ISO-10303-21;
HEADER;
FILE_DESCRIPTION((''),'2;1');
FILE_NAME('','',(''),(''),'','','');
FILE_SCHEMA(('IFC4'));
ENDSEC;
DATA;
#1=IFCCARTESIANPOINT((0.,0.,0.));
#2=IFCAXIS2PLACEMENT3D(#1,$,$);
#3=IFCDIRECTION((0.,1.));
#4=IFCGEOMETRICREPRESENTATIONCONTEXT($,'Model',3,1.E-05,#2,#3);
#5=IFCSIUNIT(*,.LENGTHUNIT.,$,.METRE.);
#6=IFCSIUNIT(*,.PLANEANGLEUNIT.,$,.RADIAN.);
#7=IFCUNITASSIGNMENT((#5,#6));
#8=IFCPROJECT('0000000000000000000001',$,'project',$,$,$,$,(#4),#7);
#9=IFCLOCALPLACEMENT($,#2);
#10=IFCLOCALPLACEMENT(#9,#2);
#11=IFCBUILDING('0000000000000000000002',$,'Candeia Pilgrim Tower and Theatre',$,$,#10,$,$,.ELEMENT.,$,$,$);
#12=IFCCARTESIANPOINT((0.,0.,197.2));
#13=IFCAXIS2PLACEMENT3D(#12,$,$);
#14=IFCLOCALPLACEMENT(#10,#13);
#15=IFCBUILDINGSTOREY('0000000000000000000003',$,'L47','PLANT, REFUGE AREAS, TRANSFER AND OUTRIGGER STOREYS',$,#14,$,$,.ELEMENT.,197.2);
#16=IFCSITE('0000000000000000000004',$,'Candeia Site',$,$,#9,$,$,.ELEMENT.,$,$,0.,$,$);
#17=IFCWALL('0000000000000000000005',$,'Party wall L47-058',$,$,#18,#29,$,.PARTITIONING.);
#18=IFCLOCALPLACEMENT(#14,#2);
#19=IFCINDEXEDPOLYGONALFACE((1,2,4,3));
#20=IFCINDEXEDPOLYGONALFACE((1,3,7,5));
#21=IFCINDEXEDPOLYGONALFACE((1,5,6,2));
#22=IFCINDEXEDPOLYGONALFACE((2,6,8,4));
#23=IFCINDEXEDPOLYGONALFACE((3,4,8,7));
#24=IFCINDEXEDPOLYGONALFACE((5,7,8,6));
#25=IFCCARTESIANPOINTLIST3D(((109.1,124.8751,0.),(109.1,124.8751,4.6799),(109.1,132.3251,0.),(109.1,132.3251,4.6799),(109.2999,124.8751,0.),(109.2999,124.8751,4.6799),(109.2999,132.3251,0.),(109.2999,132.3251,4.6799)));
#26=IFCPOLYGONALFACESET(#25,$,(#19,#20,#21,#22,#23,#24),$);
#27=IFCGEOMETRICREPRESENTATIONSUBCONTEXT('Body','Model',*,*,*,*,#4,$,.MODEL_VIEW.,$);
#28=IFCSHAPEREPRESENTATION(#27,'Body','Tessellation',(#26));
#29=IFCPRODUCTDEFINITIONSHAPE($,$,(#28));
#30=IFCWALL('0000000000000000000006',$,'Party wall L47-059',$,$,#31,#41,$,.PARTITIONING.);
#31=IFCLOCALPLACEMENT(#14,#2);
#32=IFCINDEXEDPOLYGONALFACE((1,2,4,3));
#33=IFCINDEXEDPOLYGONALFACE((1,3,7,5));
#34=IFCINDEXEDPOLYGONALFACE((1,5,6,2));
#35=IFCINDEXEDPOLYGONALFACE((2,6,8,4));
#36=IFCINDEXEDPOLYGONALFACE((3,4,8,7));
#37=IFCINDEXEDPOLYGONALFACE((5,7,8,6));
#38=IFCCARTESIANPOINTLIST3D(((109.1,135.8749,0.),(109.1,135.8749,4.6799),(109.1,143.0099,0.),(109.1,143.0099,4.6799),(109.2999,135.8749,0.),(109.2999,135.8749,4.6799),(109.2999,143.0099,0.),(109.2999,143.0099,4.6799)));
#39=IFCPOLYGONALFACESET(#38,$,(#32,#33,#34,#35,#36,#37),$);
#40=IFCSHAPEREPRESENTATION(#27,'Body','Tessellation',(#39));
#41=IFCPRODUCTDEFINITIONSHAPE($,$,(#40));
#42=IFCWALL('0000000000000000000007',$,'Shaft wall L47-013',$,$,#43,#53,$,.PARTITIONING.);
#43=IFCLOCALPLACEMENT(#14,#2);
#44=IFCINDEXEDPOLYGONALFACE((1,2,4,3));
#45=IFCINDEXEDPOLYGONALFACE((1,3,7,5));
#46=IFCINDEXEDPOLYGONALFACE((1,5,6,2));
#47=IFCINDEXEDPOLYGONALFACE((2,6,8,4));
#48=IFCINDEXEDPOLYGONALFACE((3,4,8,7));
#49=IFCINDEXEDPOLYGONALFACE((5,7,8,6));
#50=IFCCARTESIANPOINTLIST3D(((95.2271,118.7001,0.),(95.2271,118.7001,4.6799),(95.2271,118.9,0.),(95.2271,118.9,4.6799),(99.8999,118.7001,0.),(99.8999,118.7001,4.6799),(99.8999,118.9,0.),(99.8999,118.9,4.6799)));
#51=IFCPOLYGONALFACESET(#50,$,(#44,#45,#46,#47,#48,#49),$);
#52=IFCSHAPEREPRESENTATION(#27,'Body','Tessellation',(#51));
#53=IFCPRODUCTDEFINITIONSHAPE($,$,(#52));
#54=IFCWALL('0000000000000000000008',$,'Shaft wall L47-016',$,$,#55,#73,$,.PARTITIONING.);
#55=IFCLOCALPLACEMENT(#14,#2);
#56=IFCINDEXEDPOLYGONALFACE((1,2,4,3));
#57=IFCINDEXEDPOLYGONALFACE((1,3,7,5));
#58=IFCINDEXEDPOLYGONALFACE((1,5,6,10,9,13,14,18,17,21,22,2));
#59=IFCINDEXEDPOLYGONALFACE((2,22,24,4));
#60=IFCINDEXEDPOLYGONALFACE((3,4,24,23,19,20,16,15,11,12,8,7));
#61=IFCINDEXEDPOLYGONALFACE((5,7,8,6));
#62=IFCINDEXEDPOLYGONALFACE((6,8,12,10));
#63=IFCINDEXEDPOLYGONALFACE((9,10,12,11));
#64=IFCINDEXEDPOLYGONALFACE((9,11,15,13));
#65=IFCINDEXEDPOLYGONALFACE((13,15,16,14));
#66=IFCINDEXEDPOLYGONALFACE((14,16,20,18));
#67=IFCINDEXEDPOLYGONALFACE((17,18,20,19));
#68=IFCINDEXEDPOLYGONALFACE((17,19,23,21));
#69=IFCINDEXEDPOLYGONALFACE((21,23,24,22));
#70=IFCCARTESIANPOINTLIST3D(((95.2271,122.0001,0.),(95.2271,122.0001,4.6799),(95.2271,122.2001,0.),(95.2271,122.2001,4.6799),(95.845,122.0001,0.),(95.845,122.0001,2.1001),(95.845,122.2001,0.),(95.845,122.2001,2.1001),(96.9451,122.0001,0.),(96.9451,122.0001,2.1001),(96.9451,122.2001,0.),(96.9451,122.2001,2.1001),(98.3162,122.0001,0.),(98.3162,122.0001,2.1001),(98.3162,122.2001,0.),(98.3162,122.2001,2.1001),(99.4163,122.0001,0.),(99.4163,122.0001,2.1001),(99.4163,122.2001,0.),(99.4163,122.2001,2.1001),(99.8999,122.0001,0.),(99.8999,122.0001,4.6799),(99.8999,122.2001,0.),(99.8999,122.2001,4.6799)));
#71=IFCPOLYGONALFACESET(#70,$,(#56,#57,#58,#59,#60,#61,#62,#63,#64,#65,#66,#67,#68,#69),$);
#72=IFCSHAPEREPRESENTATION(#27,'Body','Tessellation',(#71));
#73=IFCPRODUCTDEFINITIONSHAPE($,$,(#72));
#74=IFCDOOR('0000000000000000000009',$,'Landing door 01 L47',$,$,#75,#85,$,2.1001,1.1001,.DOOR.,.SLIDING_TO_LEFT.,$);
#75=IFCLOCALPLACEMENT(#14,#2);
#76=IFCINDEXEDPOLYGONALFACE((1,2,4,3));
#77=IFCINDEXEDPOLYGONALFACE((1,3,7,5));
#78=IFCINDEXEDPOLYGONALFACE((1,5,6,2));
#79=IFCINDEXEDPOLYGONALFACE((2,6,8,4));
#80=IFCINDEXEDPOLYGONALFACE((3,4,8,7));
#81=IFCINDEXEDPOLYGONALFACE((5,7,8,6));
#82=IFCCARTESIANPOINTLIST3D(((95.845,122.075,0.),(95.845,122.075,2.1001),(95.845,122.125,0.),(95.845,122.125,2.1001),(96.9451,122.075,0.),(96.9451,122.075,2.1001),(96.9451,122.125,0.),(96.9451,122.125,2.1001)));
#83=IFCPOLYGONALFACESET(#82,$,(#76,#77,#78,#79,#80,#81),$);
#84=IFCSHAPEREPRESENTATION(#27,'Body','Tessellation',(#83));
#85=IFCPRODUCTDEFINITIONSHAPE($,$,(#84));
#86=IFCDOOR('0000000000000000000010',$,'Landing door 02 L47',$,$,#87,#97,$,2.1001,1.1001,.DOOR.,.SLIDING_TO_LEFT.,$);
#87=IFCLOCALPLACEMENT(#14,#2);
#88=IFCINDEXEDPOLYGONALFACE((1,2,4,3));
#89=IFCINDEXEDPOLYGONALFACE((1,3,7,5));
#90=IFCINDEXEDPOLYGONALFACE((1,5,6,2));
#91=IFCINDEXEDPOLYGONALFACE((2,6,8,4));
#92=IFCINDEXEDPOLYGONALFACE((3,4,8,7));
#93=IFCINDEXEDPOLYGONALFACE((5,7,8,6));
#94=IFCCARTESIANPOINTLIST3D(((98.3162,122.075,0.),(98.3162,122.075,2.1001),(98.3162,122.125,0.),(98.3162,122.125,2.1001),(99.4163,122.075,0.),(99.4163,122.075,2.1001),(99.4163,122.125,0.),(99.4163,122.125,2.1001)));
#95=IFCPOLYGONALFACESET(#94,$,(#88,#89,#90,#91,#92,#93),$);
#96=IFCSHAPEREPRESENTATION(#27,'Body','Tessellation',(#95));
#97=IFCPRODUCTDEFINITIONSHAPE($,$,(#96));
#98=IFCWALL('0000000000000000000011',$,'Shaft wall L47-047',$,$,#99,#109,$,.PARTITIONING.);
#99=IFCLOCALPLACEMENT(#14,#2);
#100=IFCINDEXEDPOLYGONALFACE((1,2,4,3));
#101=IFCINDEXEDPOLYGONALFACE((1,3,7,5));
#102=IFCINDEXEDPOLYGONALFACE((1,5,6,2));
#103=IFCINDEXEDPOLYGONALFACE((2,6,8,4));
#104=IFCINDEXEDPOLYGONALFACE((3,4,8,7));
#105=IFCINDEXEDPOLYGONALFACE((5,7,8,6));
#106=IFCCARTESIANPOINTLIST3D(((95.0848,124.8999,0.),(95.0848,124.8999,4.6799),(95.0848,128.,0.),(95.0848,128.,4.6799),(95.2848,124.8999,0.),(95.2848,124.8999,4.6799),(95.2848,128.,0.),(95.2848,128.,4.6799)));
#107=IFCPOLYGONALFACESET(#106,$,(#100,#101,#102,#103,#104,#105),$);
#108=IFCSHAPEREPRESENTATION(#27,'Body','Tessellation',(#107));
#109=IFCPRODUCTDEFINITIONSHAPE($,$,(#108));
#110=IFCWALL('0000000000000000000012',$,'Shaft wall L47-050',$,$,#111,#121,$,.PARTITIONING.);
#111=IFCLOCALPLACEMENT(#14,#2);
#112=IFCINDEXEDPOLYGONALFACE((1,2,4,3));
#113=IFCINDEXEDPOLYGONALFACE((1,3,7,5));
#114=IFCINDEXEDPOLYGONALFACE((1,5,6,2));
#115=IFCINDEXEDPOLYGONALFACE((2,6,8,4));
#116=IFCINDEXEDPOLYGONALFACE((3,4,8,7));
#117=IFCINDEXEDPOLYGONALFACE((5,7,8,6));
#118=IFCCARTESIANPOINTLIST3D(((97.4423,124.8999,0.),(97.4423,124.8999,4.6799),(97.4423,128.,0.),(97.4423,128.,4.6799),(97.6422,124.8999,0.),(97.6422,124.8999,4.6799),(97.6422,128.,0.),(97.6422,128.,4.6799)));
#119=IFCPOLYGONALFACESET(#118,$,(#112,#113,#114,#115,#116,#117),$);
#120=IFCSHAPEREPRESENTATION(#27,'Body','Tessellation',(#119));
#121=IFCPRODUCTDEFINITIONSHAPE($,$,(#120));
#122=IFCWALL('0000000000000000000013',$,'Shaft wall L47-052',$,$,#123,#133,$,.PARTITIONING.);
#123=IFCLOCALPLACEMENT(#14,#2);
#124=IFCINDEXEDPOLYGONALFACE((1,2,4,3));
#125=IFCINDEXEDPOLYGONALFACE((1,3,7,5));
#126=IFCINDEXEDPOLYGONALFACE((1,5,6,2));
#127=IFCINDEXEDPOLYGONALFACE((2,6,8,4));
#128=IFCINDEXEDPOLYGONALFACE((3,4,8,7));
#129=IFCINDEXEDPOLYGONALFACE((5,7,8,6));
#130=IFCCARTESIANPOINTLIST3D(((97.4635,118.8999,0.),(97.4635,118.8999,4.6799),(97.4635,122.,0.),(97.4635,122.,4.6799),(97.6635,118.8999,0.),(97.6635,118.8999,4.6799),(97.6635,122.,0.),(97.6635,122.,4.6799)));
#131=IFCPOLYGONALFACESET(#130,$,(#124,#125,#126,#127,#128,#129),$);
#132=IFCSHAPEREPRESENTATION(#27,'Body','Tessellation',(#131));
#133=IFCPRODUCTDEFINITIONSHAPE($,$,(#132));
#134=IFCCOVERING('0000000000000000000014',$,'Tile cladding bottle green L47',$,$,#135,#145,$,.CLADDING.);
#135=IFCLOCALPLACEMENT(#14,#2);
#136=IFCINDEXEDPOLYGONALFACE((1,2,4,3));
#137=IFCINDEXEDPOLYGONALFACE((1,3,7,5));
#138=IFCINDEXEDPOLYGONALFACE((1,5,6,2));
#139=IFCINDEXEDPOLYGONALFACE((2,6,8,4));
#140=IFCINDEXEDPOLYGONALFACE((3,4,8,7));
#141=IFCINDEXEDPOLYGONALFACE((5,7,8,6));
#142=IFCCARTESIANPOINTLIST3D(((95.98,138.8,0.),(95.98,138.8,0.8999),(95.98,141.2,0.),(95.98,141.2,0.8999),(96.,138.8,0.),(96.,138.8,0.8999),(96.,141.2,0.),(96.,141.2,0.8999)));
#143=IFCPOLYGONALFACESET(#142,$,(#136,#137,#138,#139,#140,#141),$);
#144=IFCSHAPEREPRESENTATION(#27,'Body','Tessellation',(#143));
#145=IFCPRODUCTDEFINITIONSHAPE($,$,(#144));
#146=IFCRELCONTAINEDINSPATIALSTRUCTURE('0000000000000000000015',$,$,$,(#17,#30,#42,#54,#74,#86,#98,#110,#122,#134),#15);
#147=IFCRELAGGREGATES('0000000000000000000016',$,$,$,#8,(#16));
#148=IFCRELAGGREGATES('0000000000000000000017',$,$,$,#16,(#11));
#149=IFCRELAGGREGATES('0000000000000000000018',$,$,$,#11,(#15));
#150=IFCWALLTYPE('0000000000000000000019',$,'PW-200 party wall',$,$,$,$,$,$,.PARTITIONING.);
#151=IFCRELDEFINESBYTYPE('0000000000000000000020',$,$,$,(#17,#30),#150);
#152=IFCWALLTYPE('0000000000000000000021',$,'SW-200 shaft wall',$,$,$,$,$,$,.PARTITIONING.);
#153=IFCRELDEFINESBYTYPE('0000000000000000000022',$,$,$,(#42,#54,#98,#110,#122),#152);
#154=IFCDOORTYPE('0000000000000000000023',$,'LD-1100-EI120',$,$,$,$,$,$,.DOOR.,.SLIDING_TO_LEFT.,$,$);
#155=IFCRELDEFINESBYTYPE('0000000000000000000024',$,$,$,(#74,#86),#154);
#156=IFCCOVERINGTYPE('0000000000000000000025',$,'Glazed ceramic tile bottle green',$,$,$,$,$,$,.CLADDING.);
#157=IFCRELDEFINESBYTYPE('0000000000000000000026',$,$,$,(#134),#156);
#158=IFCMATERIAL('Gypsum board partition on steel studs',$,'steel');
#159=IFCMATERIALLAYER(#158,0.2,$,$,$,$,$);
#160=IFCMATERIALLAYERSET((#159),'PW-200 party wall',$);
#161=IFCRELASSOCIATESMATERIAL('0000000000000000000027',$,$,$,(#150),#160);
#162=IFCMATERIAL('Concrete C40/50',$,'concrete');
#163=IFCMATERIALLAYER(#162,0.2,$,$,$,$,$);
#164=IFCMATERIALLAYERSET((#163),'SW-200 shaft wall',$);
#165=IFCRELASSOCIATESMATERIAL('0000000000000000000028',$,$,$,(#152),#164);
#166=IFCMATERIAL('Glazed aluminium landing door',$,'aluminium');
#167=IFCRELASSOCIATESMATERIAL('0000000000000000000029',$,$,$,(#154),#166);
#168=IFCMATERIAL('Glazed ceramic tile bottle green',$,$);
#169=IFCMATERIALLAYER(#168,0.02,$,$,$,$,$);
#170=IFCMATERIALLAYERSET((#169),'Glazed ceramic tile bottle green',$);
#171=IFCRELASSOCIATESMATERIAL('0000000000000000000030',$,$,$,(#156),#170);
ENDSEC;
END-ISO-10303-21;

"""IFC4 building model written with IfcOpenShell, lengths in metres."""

from ifc_helpers import new_model, si_unit, direction, frame, frame_2d, origin, origin_2d, place, context, subcontext, project, spatial, rectangle, extrude, material, layer, layer_set, type_object, element, fill, save


model = new_model("IFC4")

# Units and contexts
model_context = context("Model", 3, precision=1e-05, world=origin(), true_north=direction((0.0, 1.0)))
body_context = subcontext(model_context, "Body", "Model", "MODEL_VIEW")
ifc_project = project(units=[si_unit("LENGTHUNIT", "METRE"), si_unit("PLANEANGLEUNIT", "RADIAN")], contexts=[model_context])

# Site, building, storey
site_placement = place(None, origin())
site = spatial("IfcSite", under=ifc_project, at=site_placement, Name="Candeia Site", CompositionType="ELEMENT", RefElevation=0.0)
building_placement = place(site_placement, origin())
building = spatial("IfcBuilding", under=site, at=building_placement, Name="Candeia Pilgrim Tower and Theatre", CompositionType="ELEMENT")
storey_placement = place(building_placement, frame((0.0, 0.0, 197.2)))
storey = spatial("IfcBuildingStorey", under=building, at=storey_placement, Name="L47", Description="PLANT, REFUGE AREAS, TRANSFER AND OUTRIGGER STOREYS", CompositionType="ELEMENT", Elevation=197.2)

# Shared definitions
ifc_material_1 = material(Name="Gypsum board partition on steel studs", Category="steel")

# Walls
ifc_layer_1 = layer(ifc_material_1, 0.2)
ifc_layer_set_1 = layer_set([ifc_layer_1], Name="PW-200 party wall")
wall_type_1 = type_object("IfcWallType", Name="PW-200 party wall", PredefinedType="PARTITIONING", material=ifc_layer_set_1)
wall_1_placement = place(storey_placement, frame((109.2, 124.875, 0.0), z_axis=(0.0, 0.0, 1.0), x_axis=(0.0, 1.0, 0.0)))
element("IfcWall", 1, at=wall_1_placement, inside=storey, type_object=wall_type_1, Name="Party wall L47-058", PredefinedType="PARTITIONING", context=body_context, shape_type="SweptSolid", body=[
    extrude(rectangle(XDim=7.45, YDim=0.2, at=frame_2d((3.7251, 0.0))), origin(), (0.0, 0.0, 1.0), 4.6799),
])
wall_2_placement = place(storey_placement, frame((109.2, 135.875, 0.0), z_axis=(0.0, 0.0, 1.0), x_axis=(0.0, 1.0, 0.0)))
element("IfcWall", 2, at=wall_2_placement, inside=storey, type_object=wall_type_1, Name="Party wall L47-059", PredefinedType="PARTITIONING", context=body_context, shape_type="SweptSolid", body=[
    extrude(rectangle(XDim=7.135, YDim=0.2, at=frame_2d((3.5674, 0.0))), origin(), (0.0, 0.0, 1.0), 4.6799),
])
ifc_material_2 = material(Name="Concrete C40/50", Category="concrete")
ifc_layer_2 = layer(ifc_material_2, 0.2)
ifc_layer_set_2 = layer_set([ifc_layer_2], Name="SW-200 shaft wall")
wall_type_2 = type_object("IfcWallType", Name="SW-200 shaft wall", PredefinedType="PARTITIONING", material=ifc_layer_set_2)
wall_3_placement = place(storey_placement, frame((95.2271, 118.8, 0.0), z_axis=(0.0, 0.0, 1.0), x_axis=(1.0, 0.0, 0.0)))
element("IfcWall", 3, at=wall_3_placement, inside=storey, type_object=wall_type_2, Name="Shaft wall L47-013", PredefinedType="PARTITIONING", context=body_context, shape_type="SweptSolid", body=[
    extrude(rectangle(XDim=4.6729, YDim=0.2, at=frame_2d((2.3364, 0.0))), origin(), (0.0, 0.0, 1.0), 4.6799),
])

# Wall, openings, doors
wall_4_placement = place(storey_placement, frame((95.2271, 122.1001, 0.0), z_axis=(0.0, 0.0, 1.0), x_axis=(1.0, 0.0, 0.0)))
wall_4 = element("IfcWall", 4, at=wall_4_placement, inside=storey, type_object=wall_type_2, Name="Shaft wall L47-016", PredefinedType="PARTITIONING", context=body_context, shape_type="SweptSolid", body=[
    extrude(rectangle(XDim=4.6729, YDim=0.2, at=frame_2d((2.3364, 0.0))), origin(), (0.0, 0.0, 1.0), 4.6799),
])
opening_1_placement = place(wall_4_placement, frame((0.6179, 0.0, 0.0)))
opening_1 = element("IfcOpeningElement", 5, at=opening_1_placement, cuts=wall_4, PredefinedType="OPENING", context=body_context, shape_type="SweptSolid", body=[
    extrude(rectangle(XDim=1.1001, YDim=2.1001, at=frame_2d((0.55, 1.05))), frame((0.0, 0.1099, 0.0), z_axis=(0.0, -1.0, 0.0), x_axis=(1.0, 0.0, 0.0)), (0.0, 0.0, 1.0), 0.22),
])
opening_2_placement = place(wall_4_placement, frame((3.0891, 0.0, 0.0)))
opening_2 = element("IfcOpeningElement", 6, at=opening_2_placement, cuts=wall_4, PredefinedType="OPENING", context=body_context, shape_type="SweptSolid", body=[
    extrude(rectangle(XDim=1.1001, YDim=2.1001, at=frame_2d((0.55, 1.05))), frame((0.0, 0.1099, 0.0), z_axis=(0.0, -1.0, 0.0), x_axis=(1.0, 0.0, 0.0)), (0.0, 0.0, 1.0), 0.22),
])
ifc_material_3 = material(Name="Glazed aluminium landing door", Category="aluminium")
door_type_1 = type_object("IfcDoorType", Name="LD-1100-EI120", OperationType="SLIDING_TO_LEFT", PredefinedType="DOOR", material=ifc_material_3)
door_1_placement = place(opening_1_placement, origin())
door_1 = element("IfcDoor", 7, at=door_1_placement, inside=storey, type_object=door_type_1, Name="Landing door 01 L47", OperationType="SLIDING_TO_LEFT", OverallHeight=2.1001, OverallWidth=1.1001, PredefinedType="DOOR", context=body_context, shape_type="SweptSolid", body=[
    extrude(rectangle(XDim=1.1001, YDim=2.1001, at=frame_2d((0.55, 1.05))), frame((0.0, 0.0249, 0.0), z_axis=(0.0, -1.0, 0.0), x_axis=(1.0, 0.0, 0.0)), (0.0, 0.0, 1.0), 0.05),
])
fill(opening_1, door_1)
door_2_placement = place(opening_2_placement, origin())
door_2 = element("IfcDoor", 8, at=door_2_placement, inside=storey, type_object=door_type_1, Name="Landing door 02 L47", OperationType="SLIDING_TO_LEFT", OverallHeight=2.1001, OverallWidth=1.1001, PredefinedType="DOOR", context=body_context, shape_type="SweptSolid", body=[
    extrude(rectangle(XDim=1.1001, YDim=2.1001, at=frame_2d((0.55, 1.05))), frame((0.0, 0.0249, 0.0), z_axis=(0.0, -1.0, 0.0), x_axis=(1.0, 0.0, 0.0)), (0.0, 0.0, 1.0), 0.05),
])
fill(opening_2, door_2)

# Walls
for number, where, z_axis, x_axis, name in (
    (9, (95.1848, 124.8999, 0.0), (0.0, 0.0, 1.0), (0.0, 1.0, 0.0), "Shaft wall L47-047"),
    (10, (97.5422, 124.8999, 0.0), (0.0, 0.0, 1.0), (0.0, 1.0, 0.0), "Shaft wall L47-050"),
    (11, (97.5635, 118.8999, 0.0), (0.0, 0.0, 1.0), (0.0, 1.0, 0.0), "Shaft wall L47-052"),
):
    element("IfcWall", number, at=place(storey_placement, frame(where, z_axis=z_axis, x_axis=x_axis)), inside=storey, type_object=wall_type_2, Name=name, PredefinedType="PARTITIONING", context=body_context, shape_type="SweptSolid", body=[
        extrude(rectangle(XDim=3.1001, YDim=0.2, at=frame_2d((1.55, 0.0))), origin(), (0.0, 0.0, 1.0), 4.6799),
    ])

# Covering
ifc_material_4 = material(Name="Glazed ceramic tile bottle green")
ifc_layer_3 = layer(ifc_material_4, 0.02)
ifc_layer_set_3 = layer_set([ifc_layer_3], Name="Glazed ceramic tile bottle green")
covering_type = type_object("IfcCoveringType", Name="Glazed ceramic tile bottle green", PredefinedType="CLADDING", material=ifc_layer_set_3)
covering_placement = place(storey_placement, frame((95.99, 140.0, 0.0), z_axis=(0.0, 0.0, 1.0), x_axis=(0.0, -1.0, 0.0)))
element("IfcCovering", 12, at=covering_placement, inside=storey, type_object=covering_type, Name="Tile cladding bottle green L47", PredefinedType="CLADDING", context=body_context, shape_type="SweptSolid", body=[
    extrude(rectangle(XDim=2.3999, YDim=0.02, at=origin_2d()), origin(), (0.0, 0.0, 1.0), 0.8999),
])

save(model, "model.ifc")
